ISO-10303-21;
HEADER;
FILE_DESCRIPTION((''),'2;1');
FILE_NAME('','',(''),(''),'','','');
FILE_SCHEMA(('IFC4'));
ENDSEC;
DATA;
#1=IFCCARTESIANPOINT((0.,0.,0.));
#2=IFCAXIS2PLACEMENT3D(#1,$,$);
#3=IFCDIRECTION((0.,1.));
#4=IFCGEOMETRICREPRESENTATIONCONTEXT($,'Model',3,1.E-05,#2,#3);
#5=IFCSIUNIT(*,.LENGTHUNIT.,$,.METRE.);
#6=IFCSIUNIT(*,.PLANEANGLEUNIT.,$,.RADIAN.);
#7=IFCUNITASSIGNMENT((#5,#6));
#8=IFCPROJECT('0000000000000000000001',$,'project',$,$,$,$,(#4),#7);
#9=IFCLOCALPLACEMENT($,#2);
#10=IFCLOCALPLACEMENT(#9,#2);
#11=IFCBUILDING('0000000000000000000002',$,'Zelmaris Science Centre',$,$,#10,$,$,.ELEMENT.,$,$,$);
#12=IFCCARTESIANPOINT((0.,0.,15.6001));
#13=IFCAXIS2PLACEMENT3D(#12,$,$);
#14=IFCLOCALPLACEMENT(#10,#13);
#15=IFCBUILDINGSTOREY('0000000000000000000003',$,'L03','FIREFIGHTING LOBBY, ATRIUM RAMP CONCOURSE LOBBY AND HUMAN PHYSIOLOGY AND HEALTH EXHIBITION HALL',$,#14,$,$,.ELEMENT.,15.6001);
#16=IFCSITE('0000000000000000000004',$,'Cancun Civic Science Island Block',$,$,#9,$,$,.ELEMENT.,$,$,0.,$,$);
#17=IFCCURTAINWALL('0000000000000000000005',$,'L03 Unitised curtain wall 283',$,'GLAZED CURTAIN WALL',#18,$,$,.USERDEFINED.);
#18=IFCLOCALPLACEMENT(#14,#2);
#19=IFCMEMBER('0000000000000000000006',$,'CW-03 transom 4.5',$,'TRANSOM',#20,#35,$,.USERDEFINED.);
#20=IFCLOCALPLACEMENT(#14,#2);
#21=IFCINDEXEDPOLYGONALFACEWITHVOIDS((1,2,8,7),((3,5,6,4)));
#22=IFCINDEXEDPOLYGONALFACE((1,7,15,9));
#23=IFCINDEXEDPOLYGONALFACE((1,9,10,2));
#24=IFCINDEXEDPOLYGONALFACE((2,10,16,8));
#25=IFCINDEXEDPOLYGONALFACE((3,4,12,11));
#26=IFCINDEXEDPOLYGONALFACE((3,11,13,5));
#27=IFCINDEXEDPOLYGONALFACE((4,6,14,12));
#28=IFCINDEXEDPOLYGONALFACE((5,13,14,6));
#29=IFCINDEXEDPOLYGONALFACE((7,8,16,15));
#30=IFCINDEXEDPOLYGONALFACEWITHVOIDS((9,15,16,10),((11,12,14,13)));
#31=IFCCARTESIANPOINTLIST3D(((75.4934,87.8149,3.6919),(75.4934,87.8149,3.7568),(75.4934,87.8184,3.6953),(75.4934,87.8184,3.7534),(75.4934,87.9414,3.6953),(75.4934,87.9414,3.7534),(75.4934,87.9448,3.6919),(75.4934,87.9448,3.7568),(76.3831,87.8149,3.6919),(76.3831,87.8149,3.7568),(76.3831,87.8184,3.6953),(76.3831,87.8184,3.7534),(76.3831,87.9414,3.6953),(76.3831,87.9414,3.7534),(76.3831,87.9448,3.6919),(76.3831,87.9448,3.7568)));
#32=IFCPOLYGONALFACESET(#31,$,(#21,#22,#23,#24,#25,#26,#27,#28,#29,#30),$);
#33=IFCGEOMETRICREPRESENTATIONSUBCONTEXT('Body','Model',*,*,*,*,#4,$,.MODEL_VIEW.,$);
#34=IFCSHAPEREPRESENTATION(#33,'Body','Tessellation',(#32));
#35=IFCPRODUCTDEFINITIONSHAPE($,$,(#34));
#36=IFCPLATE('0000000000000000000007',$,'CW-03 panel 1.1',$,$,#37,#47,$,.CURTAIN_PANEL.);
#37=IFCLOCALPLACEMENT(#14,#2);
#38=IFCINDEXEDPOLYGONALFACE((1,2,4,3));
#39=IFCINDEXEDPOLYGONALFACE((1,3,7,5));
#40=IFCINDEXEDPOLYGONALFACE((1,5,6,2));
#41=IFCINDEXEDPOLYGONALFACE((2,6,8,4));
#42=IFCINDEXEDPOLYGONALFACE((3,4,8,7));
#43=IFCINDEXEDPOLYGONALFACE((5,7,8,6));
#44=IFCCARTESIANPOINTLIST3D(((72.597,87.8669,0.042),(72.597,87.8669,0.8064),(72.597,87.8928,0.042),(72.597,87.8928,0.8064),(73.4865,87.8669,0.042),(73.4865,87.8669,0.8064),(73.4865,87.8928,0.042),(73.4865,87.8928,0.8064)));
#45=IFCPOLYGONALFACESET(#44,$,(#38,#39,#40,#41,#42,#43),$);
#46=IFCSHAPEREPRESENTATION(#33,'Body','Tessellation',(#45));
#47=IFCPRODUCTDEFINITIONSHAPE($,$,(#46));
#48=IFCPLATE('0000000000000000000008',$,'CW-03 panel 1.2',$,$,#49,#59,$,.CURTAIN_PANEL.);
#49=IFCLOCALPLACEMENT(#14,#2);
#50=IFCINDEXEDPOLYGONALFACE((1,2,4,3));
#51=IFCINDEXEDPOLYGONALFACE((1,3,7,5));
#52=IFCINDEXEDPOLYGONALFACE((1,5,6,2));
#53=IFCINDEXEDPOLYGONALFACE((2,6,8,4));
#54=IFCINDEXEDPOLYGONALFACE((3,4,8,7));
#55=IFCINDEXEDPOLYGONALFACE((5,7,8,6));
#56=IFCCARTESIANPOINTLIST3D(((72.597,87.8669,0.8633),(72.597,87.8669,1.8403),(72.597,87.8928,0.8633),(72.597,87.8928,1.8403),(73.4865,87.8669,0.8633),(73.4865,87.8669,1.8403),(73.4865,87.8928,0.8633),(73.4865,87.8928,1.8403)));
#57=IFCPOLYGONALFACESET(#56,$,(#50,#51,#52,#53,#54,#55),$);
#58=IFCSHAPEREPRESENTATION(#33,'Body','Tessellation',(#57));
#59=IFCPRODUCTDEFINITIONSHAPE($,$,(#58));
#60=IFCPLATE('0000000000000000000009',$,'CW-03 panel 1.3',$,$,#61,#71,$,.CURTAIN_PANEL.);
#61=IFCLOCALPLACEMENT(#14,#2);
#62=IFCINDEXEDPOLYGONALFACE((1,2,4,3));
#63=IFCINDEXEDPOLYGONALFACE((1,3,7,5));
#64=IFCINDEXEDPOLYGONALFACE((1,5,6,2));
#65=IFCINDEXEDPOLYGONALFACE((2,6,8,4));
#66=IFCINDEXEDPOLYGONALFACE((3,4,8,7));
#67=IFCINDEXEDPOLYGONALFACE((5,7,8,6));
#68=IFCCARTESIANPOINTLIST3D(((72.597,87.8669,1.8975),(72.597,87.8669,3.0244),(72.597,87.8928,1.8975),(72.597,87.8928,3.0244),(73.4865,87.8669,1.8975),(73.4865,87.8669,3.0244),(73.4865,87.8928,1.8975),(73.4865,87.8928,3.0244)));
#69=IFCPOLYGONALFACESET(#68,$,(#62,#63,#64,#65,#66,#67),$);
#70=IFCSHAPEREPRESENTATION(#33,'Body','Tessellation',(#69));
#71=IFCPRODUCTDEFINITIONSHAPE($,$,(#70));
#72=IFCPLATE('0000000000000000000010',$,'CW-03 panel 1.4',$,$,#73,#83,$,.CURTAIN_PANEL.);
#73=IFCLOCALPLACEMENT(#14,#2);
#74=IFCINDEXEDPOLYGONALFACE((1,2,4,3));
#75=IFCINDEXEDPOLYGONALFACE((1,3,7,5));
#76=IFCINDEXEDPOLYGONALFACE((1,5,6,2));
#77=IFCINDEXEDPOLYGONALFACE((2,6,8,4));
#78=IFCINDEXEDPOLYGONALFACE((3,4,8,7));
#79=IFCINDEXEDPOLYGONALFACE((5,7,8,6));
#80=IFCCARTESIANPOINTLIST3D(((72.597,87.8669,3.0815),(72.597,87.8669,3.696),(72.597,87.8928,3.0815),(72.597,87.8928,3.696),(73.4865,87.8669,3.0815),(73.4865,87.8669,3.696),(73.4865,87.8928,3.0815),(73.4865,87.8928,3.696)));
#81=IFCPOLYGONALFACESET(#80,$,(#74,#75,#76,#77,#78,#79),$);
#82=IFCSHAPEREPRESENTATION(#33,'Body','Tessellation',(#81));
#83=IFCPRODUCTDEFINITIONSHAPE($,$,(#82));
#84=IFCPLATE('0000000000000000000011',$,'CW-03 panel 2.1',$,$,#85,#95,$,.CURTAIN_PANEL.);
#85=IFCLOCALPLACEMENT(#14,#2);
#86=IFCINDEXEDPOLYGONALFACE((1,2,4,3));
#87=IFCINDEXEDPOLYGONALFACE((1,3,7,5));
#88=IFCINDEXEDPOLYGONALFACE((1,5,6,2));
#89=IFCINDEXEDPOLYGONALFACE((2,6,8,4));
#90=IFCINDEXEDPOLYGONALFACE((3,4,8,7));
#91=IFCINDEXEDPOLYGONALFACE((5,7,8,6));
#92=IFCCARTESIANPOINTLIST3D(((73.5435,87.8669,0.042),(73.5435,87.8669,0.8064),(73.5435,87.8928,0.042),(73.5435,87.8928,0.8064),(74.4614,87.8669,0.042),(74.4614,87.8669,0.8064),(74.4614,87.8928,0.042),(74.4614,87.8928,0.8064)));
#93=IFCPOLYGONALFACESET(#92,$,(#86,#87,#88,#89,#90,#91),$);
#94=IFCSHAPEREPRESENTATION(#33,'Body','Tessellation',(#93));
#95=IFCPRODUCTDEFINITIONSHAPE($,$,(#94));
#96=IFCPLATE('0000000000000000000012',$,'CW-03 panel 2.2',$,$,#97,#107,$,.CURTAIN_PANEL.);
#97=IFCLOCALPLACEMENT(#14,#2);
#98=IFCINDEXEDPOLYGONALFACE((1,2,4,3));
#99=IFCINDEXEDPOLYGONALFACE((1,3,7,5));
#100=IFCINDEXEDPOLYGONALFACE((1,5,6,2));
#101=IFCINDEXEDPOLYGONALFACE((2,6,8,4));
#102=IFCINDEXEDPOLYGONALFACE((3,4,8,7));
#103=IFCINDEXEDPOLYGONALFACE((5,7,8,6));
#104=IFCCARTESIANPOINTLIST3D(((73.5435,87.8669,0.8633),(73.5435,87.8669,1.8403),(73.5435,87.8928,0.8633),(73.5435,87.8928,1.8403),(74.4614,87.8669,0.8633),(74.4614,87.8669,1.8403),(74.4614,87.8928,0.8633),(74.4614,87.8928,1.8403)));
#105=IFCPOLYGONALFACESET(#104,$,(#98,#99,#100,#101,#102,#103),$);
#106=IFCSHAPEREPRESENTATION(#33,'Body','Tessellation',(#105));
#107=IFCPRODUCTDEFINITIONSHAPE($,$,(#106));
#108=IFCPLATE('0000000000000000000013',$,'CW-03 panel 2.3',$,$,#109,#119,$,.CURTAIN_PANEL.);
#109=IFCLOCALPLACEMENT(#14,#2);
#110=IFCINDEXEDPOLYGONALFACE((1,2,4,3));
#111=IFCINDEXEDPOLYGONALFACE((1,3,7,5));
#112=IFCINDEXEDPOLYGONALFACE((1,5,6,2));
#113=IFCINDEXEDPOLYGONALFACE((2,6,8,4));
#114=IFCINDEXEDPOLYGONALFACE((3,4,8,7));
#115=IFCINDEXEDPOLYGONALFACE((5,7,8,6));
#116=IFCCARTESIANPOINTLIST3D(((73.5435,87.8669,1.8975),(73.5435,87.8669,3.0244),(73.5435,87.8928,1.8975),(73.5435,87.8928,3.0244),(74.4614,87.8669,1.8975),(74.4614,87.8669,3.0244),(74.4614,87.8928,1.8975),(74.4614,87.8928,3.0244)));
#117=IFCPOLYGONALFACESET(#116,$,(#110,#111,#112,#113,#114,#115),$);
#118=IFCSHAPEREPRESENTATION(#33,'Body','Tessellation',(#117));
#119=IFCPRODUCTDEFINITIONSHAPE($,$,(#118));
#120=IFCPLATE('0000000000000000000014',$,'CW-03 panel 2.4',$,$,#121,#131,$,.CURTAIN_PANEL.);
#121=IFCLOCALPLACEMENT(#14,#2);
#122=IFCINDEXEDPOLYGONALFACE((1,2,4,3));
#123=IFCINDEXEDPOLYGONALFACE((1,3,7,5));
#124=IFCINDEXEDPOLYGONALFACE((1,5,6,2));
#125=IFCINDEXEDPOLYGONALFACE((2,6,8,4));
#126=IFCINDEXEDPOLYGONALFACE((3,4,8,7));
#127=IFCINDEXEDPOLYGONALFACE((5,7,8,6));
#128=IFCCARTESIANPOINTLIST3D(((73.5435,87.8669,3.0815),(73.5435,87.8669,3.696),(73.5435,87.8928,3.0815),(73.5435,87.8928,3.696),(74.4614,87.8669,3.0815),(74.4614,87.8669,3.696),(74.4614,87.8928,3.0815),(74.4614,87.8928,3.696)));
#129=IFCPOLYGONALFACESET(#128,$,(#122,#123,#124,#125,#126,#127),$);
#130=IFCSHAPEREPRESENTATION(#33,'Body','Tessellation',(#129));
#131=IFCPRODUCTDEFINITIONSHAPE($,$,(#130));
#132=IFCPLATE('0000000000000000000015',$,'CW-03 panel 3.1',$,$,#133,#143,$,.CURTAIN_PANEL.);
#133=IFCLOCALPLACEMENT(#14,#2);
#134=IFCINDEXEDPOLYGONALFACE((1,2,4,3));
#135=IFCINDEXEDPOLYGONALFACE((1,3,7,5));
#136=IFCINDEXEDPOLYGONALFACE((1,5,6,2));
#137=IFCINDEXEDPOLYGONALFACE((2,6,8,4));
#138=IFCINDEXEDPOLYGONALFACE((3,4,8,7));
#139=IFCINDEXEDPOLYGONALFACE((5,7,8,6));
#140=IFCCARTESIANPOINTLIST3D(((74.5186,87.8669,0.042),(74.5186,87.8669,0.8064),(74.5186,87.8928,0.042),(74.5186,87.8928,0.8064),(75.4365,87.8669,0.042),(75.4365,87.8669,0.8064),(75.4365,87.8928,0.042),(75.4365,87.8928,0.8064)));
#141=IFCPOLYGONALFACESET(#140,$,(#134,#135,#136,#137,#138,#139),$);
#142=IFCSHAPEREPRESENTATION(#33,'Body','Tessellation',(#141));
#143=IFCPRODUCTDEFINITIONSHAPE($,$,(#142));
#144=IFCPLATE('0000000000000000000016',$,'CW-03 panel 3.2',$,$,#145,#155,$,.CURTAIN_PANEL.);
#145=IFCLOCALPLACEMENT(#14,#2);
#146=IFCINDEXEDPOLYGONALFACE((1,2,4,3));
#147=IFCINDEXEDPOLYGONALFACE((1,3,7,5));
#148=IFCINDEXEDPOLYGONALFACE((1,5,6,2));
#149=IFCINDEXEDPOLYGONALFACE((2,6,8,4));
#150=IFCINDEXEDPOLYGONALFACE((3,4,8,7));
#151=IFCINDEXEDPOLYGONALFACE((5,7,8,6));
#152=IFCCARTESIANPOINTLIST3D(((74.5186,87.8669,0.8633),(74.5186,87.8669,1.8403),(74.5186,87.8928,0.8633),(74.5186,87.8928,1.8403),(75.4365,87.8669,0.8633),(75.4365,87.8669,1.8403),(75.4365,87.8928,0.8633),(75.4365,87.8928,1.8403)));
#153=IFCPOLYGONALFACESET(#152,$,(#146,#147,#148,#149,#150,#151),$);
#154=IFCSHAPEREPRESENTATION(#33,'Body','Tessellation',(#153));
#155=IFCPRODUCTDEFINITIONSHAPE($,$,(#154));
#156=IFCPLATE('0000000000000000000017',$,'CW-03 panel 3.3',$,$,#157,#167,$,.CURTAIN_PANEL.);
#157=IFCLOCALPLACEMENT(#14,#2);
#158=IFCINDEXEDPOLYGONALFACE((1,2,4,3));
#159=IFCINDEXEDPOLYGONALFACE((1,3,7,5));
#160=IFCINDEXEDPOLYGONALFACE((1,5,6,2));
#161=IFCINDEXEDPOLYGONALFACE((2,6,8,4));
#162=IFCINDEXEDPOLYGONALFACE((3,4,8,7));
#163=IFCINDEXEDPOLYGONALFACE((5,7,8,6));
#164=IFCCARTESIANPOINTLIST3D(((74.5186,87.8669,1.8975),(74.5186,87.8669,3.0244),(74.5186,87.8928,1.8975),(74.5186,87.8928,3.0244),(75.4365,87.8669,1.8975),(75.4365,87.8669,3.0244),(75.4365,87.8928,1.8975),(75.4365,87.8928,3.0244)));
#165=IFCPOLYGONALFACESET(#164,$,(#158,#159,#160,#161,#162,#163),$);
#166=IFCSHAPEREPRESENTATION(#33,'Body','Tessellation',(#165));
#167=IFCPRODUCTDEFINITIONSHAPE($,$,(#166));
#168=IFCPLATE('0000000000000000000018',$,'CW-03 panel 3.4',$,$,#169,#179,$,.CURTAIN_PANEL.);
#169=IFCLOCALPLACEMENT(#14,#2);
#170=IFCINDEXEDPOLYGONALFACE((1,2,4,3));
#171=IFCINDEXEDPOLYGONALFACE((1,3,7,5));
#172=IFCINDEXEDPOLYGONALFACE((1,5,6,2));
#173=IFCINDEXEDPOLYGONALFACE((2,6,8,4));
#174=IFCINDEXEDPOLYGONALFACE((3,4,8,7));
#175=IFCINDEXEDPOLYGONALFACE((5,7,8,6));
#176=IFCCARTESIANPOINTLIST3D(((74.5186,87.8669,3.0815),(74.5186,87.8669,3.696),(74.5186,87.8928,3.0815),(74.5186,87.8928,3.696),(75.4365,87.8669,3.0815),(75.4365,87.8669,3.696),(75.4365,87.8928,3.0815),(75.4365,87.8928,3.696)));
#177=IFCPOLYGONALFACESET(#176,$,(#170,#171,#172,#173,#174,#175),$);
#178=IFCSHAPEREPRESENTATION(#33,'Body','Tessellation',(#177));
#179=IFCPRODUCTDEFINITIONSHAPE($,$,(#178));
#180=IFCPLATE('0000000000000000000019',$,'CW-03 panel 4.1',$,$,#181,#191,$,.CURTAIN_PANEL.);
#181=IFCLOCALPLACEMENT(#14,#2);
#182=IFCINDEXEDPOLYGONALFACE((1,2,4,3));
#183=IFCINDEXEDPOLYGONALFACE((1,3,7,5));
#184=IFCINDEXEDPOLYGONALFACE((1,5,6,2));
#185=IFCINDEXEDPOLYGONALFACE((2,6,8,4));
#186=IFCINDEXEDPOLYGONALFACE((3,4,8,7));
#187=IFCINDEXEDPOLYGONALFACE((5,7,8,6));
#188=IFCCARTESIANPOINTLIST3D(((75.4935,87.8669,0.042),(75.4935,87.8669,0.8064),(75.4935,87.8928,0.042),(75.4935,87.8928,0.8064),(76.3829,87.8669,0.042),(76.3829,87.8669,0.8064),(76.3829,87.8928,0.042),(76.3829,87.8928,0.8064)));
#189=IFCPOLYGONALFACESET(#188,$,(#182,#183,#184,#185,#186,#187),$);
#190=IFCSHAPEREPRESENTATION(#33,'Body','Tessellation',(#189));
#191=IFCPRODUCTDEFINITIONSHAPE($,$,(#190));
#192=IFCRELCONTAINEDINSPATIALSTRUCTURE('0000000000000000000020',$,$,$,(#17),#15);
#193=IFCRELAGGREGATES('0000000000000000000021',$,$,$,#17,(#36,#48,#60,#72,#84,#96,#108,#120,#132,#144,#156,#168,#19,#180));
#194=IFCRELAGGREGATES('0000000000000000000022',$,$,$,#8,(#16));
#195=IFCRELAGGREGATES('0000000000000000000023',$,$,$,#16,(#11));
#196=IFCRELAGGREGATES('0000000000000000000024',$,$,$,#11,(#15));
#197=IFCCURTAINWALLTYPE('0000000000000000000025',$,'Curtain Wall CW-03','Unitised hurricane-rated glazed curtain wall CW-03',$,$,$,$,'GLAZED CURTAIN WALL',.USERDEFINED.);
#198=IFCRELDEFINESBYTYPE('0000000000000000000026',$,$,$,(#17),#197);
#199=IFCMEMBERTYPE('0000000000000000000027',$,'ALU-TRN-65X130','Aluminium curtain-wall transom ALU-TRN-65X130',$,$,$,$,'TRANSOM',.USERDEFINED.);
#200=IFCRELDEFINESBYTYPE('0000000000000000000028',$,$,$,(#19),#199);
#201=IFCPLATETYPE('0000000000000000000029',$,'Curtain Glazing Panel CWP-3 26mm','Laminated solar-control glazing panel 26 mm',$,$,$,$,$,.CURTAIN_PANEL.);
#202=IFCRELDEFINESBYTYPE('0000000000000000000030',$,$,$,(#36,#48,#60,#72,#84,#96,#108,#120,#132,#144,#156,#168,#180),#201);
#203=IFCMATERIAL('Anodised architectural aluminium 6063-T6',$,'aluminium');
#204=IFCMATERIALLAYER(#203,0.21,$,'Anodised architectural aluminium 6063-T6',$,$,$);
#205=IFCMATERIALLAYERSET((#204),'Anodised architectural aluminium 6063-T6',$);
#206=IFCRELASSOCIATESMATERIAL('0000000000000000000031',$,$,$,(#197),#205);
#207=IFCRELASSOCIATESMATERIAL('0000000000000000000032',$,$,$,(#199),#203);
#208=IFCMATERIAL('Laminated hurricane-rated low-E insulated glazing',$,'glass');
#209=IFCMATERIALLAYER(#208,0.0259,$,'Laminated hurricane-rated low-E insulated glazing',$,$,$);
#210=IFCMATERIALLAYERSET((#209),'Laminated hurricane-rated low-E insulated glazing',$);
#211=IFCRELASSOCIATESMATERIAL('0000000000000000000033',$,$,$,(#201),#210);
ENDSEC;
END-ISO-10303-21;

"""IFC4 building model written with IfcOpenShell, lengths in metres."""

from ifc_helpers import new_model, si_unit, direction, frame, origin, origin_2d, place, context, subcontext, project, spatial, rectangle, hollow_rectangle, extrude, material, layer, layer_set, material_profile, profile_set, type_object, element, aggregate, save


model = new_model("IFC4")

# Units and contexts
model_context = context("Model", 3, precision=1e-05, world=origin(), true_north=direction((0.0, 1.0)))
body_context = subcontext(model_context, "Body", "Model", "MODEL_VIEW")
ifc_project = project(units=[si_unit("LENGTHUNIT", "METRE"), si_unit("PLANEANGLEUNIT", "RADIAN")], contexts=[model_context])

# Site, building, storey
site_placement = place(None, origin())
site = spatial("IfcSite", under=ifc_project, at=site_placement, Name="Cancun Civic Science Island Block", CompositionType="ELEMENT", RefElevation=0.0)
building_placement = place(site_placement, origin())
building = spatial("IfcBuilding", under=site, at=building_placement, Name="Zelmaris Science Centre", CompositionType="ELEMENT")
storey_placement = place(building_placement, frame((0.0, 0.0, 15.6001)))
storey = spatial("IfcBuildingStorey", under=building, at=storey_placement, Name="L03", Description="FIREFIGHTING LOBBY, ATRIUM RAMP CONCOURSE LOBBY AND HUMAN PHYSIOLOGY AND HEALTH EXHIBITION HALL", CompositionType="ELEMENT", Elevation=15.6001)

# Curtain wall
ifc_material_1 = material(Name="Anodised architectural aluminium 6063-T6", Category="aluminium")
ifc_layer_1 = layer(ifc_material_1, 0.21, Name="Anodised architectural aluminium 6063-T6")
ifc_layer_set_1 = layer_set([ifc_layer_1], Name="Anodised architectural aluminium 6063-T6")
curtain_wall_type_1 = type_object("IfcCurtainWallType", Name="Curtain Wall CW-03", Description="Unitised hurricane-rated glazed curtain wall CW-03", ElementType="GLAZED CURTAIN WALL", PredefinedType="USERDEFINED", material=ifc_layer_set_1)
curtain_wall_1_placement = place(storey_placement, origin())
curtain_wall_1 = element("IfcCurtainWall", 1, at=curtain_wall_1_placement, inside=storey, type_object=curtain_wall_type_1, Name="L03 Unitised curtain wall 283", ObjectType="GLAZED CURTAIN WALL", PredefinedType="USERDEFINED")

# Member
ifc_material_profile_1 = material_profile(ifc_material_1, hollow_rectangle(XDim=0.0649, YDim=0.1299, WallThickness=0.0034, at=origin_2d()), Name="ALU-TRN-65X130")
ifc_profile_set_1 = profile_set([ifc_material_profile_1], Name="Anodised architectural aluminium 6063-T6")
member_type_1 = type_object("IfcMemberType", Name="ALU-TRN-65X130", Description="Aluminium curtain-wall transom ALU-TRN-65X130", ElementType="TRANSOM", PredefinedType="USERDEFINED", material=ifc_profile_set_1)
member_1_placement = place(storey_placement, frame((75.4934, 87.8799, 3.7244), z_axis=(1.0, 0.0, 0.0), x_axis=(0.0, 0.0, 1.0)))
member_1 = element("IfcMember", 2, at=member_1_placement, type_object=member_type_1, Name="CW-03 transom 4.5", ObjectType="TRANSOM", PredefinedType="USERDEFINED", context=body_context, shape_type="SweptSolid", body=[
    extrude(hollow_rectangle(XDim=0.0649, YDim=0.1299, WallThickness=0.0034, at=origin_2d()), origin(), (0.0, 0.0, 1.0), 0.8896),
])

# Plates
ifc_material_2 = material(Name="Laminated hurricane-rated low-E insulated glazing", Category="glass")
ifc_layer_2 = layer(ifc_material_2, 0.0259, Name="Laminated hurricane-rated low-E insulated glazing")
ifc_layer_set_2 = layer_set([ifc_layer_2], Name="Laminated hurricane-rated low-E insulated glazing")
plate_type = type_object("IfcPlateType", Name="Curtain Glazing Panel CWP-3 26mm", Description="Laminated solar-control glazing panel 26 mm", PredefinedType="CURTAIN_PANEL", material=ifc_layer_set_2)
plate_1_placement = place(storey_placement, frame((73.0417, 87.8799, 0.042), z_axis=(0.0, 0.0, 1.0), x_axis=(1.0, 0.0, 0.0)))
plate_1 = element("IfcPlate", 3, at=plate_1_placement, type_object=plate_type, Name="CW-03 panel 1.1", PredefinedType="CURTAIN_PANEL", context=body_context, shape_type="SweptSolid", body=[
    extrude(rectangle(XDim=0.8894, YDim=0.0259, at=origin_2d()), origin(), (0.0, 0.0, 1.0), 0.7644),
])
plate_2_placement = place(storey_placement, frame((73.0417, 87.8799, 0.8633), z_axis=(0.0, 0.0, 1.0), x_axis=(1.0, 0.0, 0.0)))
plate_2 = element("IfcPlate", 4, at=plate_2_placement, type_object=plate_type, Name="CW-03 panel 1.2", PredefinedType="CURTAIN_PANEL", context=body_context, shape_type="SweptSolid", body=[
    extrude(rectangle(XDim=0.8894, YDim=0.0259, at=origin_2d()), origin(), (0.0, 0.0, 1.0), 0.9771),
])
plate_3_placement = place(storey_placement, frame((73.0417, 87.8799, 1.8975), z_axis=(0.0, 0.0, 1.0), x_axis=(1.0, 0.0, 0.0)))
plate_3 = element("IfcPlate", 5, at=plate_3_placement, type_object=plate_type, Name="CW-03 panel 1.3", PredefinedType="CURTAIN_PANEL", context=body_context, shape_type="SweptSolid", body=[
    extrude(rectangle(XDim=0.8894, YDim=0.0259, at=origin_2d()), origin(), (0.0, 0.0, 1.0), 1.127),
])
plate_4_placement = place(storey_placement, frame((73.0417, 87.8799, 3.0815), z_axis=(0.0, 0.0, 1.0), x_axis=(1.0, 0.0, 0.0)))
plate_4 = element("IfcPlate", 6, at=plate_4_placement, type_object=plate_type, Name="CW-03 panel 1.4", PredefinedType="CURTAIN_PANEL", context=body_context, shape_type="SweptSolid", body=[
    extrude(rectangle(XDim=0.8894, YDim=0.0259, at=origin_2d()), origin(), (0.0, 0.0, 1.0), 0.6145),
])
plate_5_placement = place(storey_placement, frame((74.0024, 87.8799, 0.042), z_axis=(0.0, 0.0, 1.0), x_axis=(1.0, 0.0, 0.0)))
plate_5 = element("IfcPlate", 7, at=plate_5_placement, type_object=plate_type, Name="CW-03 panel 2.1", PredefinedType="CURTAIN_PANEL", context=body_context, shape_type="SweptSolid", body=[
    extrude(rectangle(XDim=0.918, YDim=0.0259, at=origin_2d()), origin(), (0.0, 0.0, 1.0), 0.7644),
])
plate_6_placement = place(storey_placement, frame((74.0024, 87.8799, 0.8633), z_axis=(0.0, 0.0, 1.0), x_axis=(1.0, 0.0, 0.0)))
plate_6 = element("IfcPlate", 8, at=plate_6_placement, type_object=plate_type, Name="CW-03 panel 2.2", PredefinedType="CURTAIN_PANEL", context=body_context, shape_type="SweptSolid", body=[
    extrude(rectangle(XDim=0.918, YDim=0.0259, at=origin_2d()), origin(), (0.0, 0.0, 1.0), 0.9771),
])
plate_7_placement = place(storey_placement, frame((74.0024, 87.8799, 1.8975), z_axis=(0.0, 0.0, 1.0), x_axis=(1.0, 0.0, 0.0)))
plate_7 = element("IfcPlate", 9, at=plate_7_placement, type_object=plate_type, Name="CW-03 panel 2.3", PredefinedType="CURTAIN_PANEL", context=body_context, shape_type="SweptSolid", body=[
    extrude(rectangle(XDim=0.918, YDim=0.0259, at=origin_2d()), origin(), (0.0, 0.0, 1.0), 1.127),
])
plate_8_placement = place(storey_placement, frame((74.0024, 87.8799, 3.0815), z_axis=(0.0, 0.0, 1.0), x_axis=(1.0, 0.0, 0.0)))
plate_8 = element("IfcPlate", 10, at=plate_8_placement, type_object=plate_type, Name="CW-03 panel 2.4", PredefinedType="CURTAIN_PANEL", context=body_context, shape_type="SweptSolid", body=[
    extrude(rectangle(XDim=0.918, YDim=0.0259, at=origin_2d()), origin(), (0.0, 0.0, 1.0), 0.6145),
])
plate_9_placement = place(storey_placement, frame((74.9775, 87.8799, 0.042), z_axis=(0.0, 0.0, 1.0), x_axis=(1.0, 0.0, 0.0)))
plate_9 = element("IfcPlate", 11, at=plate_9_placement, type_object=plate_type, Name="CW-03 panel 3.1", PredefinedType="CURTAIN_PANEL", context=body_context, shape_type="SweptSolid", body=[
    extrude(rectangle(XDim=0.918, YDim=0.0259, at=origin_2d()), origin(), (0.0, 0.0, 1.0), 0.7644),
])
plate_10_placement = place(storey_placement, frame((74.9775, 87.8799, 0.8633), z_axis=(0.0, 0.0, 1.0), x_axis=(1.0, 0.0, 0.0)))
plate_10 = element("IfcPlate", 12, at=plate_10_placement, type_object=plate_type, Name="CW-03 panel 3.2", PredefinedType="CURTAIN_PANEL", context=body_context, shape_type="SweptSolid", body=[
    extrude(rectangle(XDim=0.918, YDim=0.0259, at=origin_2d()), origin(), (0.0, 0.0, 1.0), 0.9771),
])
plate_11_placement = place(storey_placement, frame((74.9775, 87.8799, 1.8975), z_axis=(0.0, 0.0, 1.0), x_axis=(1.0, 0.0, 0.0)))
plate_11 = element("IfcPlate", 13, at=plate_11_placement, type_object=plate_type, Name="CW-03 panel 3.3", PredefinedType="CURTAIN_PANEL", context=body_context, shape_type="SweptSolid", body=[
    extrude(rectangle(XDim=0.918, YDim=0.0259, at=origin_2d()), origin(), (0.0, 0.0, 1.0), 1.127),
])
plate_12_placement = place(storey_placement, frame((74.9775, 87.8799, 3.0815), z_axis=(0.0, 0.0, 1.0), x_axis=(1.0, 0.0, 0.0)))
plate_12 = element("IfcPlate", 14, at=plate_12_placement, type_object=plate_type, Name="CW-03 panel 3.4", PredefinedType="CURTAIN_PANEL", context=body_context, shape_type="SweptSolid", body=[
    extrude(rectangle(XDim=0.918, YDim=0.0259, at=origin_2d()), origin(), (0.0, 0.0, 1.0), 0.6145),
])
plate_13_placement = place(storey_placement, frame((75.9382, 87.8799, 0.042), z_axis=(0.0, 0.0, 1.0), x_axis=(1.0, 0.0, 0.0)))
plate_13 = element("IfcPlate", 15, at=plate_13_placement, type_object=plate_type, Name="CW-03 panel 4.1", PredefinedType="CURTAIN_PANEL", context=body_context, shape_type="SweptSolid", body=[
    extrude(rectangle(XDim=0.8894, YDim=0.0259, at=origin_2d()), origin(), (0.0, 0.0, 1.0), 0.7644),
])
aggregate(curtain_wall_1, [plate_1, plate_2, plate_3, plate_4, plate_5, plate_6, plate_7, plate_8, plate_9, plate_10, plate_11, plate_12, member_1, plate_13])

save(model, "model.ifc")
